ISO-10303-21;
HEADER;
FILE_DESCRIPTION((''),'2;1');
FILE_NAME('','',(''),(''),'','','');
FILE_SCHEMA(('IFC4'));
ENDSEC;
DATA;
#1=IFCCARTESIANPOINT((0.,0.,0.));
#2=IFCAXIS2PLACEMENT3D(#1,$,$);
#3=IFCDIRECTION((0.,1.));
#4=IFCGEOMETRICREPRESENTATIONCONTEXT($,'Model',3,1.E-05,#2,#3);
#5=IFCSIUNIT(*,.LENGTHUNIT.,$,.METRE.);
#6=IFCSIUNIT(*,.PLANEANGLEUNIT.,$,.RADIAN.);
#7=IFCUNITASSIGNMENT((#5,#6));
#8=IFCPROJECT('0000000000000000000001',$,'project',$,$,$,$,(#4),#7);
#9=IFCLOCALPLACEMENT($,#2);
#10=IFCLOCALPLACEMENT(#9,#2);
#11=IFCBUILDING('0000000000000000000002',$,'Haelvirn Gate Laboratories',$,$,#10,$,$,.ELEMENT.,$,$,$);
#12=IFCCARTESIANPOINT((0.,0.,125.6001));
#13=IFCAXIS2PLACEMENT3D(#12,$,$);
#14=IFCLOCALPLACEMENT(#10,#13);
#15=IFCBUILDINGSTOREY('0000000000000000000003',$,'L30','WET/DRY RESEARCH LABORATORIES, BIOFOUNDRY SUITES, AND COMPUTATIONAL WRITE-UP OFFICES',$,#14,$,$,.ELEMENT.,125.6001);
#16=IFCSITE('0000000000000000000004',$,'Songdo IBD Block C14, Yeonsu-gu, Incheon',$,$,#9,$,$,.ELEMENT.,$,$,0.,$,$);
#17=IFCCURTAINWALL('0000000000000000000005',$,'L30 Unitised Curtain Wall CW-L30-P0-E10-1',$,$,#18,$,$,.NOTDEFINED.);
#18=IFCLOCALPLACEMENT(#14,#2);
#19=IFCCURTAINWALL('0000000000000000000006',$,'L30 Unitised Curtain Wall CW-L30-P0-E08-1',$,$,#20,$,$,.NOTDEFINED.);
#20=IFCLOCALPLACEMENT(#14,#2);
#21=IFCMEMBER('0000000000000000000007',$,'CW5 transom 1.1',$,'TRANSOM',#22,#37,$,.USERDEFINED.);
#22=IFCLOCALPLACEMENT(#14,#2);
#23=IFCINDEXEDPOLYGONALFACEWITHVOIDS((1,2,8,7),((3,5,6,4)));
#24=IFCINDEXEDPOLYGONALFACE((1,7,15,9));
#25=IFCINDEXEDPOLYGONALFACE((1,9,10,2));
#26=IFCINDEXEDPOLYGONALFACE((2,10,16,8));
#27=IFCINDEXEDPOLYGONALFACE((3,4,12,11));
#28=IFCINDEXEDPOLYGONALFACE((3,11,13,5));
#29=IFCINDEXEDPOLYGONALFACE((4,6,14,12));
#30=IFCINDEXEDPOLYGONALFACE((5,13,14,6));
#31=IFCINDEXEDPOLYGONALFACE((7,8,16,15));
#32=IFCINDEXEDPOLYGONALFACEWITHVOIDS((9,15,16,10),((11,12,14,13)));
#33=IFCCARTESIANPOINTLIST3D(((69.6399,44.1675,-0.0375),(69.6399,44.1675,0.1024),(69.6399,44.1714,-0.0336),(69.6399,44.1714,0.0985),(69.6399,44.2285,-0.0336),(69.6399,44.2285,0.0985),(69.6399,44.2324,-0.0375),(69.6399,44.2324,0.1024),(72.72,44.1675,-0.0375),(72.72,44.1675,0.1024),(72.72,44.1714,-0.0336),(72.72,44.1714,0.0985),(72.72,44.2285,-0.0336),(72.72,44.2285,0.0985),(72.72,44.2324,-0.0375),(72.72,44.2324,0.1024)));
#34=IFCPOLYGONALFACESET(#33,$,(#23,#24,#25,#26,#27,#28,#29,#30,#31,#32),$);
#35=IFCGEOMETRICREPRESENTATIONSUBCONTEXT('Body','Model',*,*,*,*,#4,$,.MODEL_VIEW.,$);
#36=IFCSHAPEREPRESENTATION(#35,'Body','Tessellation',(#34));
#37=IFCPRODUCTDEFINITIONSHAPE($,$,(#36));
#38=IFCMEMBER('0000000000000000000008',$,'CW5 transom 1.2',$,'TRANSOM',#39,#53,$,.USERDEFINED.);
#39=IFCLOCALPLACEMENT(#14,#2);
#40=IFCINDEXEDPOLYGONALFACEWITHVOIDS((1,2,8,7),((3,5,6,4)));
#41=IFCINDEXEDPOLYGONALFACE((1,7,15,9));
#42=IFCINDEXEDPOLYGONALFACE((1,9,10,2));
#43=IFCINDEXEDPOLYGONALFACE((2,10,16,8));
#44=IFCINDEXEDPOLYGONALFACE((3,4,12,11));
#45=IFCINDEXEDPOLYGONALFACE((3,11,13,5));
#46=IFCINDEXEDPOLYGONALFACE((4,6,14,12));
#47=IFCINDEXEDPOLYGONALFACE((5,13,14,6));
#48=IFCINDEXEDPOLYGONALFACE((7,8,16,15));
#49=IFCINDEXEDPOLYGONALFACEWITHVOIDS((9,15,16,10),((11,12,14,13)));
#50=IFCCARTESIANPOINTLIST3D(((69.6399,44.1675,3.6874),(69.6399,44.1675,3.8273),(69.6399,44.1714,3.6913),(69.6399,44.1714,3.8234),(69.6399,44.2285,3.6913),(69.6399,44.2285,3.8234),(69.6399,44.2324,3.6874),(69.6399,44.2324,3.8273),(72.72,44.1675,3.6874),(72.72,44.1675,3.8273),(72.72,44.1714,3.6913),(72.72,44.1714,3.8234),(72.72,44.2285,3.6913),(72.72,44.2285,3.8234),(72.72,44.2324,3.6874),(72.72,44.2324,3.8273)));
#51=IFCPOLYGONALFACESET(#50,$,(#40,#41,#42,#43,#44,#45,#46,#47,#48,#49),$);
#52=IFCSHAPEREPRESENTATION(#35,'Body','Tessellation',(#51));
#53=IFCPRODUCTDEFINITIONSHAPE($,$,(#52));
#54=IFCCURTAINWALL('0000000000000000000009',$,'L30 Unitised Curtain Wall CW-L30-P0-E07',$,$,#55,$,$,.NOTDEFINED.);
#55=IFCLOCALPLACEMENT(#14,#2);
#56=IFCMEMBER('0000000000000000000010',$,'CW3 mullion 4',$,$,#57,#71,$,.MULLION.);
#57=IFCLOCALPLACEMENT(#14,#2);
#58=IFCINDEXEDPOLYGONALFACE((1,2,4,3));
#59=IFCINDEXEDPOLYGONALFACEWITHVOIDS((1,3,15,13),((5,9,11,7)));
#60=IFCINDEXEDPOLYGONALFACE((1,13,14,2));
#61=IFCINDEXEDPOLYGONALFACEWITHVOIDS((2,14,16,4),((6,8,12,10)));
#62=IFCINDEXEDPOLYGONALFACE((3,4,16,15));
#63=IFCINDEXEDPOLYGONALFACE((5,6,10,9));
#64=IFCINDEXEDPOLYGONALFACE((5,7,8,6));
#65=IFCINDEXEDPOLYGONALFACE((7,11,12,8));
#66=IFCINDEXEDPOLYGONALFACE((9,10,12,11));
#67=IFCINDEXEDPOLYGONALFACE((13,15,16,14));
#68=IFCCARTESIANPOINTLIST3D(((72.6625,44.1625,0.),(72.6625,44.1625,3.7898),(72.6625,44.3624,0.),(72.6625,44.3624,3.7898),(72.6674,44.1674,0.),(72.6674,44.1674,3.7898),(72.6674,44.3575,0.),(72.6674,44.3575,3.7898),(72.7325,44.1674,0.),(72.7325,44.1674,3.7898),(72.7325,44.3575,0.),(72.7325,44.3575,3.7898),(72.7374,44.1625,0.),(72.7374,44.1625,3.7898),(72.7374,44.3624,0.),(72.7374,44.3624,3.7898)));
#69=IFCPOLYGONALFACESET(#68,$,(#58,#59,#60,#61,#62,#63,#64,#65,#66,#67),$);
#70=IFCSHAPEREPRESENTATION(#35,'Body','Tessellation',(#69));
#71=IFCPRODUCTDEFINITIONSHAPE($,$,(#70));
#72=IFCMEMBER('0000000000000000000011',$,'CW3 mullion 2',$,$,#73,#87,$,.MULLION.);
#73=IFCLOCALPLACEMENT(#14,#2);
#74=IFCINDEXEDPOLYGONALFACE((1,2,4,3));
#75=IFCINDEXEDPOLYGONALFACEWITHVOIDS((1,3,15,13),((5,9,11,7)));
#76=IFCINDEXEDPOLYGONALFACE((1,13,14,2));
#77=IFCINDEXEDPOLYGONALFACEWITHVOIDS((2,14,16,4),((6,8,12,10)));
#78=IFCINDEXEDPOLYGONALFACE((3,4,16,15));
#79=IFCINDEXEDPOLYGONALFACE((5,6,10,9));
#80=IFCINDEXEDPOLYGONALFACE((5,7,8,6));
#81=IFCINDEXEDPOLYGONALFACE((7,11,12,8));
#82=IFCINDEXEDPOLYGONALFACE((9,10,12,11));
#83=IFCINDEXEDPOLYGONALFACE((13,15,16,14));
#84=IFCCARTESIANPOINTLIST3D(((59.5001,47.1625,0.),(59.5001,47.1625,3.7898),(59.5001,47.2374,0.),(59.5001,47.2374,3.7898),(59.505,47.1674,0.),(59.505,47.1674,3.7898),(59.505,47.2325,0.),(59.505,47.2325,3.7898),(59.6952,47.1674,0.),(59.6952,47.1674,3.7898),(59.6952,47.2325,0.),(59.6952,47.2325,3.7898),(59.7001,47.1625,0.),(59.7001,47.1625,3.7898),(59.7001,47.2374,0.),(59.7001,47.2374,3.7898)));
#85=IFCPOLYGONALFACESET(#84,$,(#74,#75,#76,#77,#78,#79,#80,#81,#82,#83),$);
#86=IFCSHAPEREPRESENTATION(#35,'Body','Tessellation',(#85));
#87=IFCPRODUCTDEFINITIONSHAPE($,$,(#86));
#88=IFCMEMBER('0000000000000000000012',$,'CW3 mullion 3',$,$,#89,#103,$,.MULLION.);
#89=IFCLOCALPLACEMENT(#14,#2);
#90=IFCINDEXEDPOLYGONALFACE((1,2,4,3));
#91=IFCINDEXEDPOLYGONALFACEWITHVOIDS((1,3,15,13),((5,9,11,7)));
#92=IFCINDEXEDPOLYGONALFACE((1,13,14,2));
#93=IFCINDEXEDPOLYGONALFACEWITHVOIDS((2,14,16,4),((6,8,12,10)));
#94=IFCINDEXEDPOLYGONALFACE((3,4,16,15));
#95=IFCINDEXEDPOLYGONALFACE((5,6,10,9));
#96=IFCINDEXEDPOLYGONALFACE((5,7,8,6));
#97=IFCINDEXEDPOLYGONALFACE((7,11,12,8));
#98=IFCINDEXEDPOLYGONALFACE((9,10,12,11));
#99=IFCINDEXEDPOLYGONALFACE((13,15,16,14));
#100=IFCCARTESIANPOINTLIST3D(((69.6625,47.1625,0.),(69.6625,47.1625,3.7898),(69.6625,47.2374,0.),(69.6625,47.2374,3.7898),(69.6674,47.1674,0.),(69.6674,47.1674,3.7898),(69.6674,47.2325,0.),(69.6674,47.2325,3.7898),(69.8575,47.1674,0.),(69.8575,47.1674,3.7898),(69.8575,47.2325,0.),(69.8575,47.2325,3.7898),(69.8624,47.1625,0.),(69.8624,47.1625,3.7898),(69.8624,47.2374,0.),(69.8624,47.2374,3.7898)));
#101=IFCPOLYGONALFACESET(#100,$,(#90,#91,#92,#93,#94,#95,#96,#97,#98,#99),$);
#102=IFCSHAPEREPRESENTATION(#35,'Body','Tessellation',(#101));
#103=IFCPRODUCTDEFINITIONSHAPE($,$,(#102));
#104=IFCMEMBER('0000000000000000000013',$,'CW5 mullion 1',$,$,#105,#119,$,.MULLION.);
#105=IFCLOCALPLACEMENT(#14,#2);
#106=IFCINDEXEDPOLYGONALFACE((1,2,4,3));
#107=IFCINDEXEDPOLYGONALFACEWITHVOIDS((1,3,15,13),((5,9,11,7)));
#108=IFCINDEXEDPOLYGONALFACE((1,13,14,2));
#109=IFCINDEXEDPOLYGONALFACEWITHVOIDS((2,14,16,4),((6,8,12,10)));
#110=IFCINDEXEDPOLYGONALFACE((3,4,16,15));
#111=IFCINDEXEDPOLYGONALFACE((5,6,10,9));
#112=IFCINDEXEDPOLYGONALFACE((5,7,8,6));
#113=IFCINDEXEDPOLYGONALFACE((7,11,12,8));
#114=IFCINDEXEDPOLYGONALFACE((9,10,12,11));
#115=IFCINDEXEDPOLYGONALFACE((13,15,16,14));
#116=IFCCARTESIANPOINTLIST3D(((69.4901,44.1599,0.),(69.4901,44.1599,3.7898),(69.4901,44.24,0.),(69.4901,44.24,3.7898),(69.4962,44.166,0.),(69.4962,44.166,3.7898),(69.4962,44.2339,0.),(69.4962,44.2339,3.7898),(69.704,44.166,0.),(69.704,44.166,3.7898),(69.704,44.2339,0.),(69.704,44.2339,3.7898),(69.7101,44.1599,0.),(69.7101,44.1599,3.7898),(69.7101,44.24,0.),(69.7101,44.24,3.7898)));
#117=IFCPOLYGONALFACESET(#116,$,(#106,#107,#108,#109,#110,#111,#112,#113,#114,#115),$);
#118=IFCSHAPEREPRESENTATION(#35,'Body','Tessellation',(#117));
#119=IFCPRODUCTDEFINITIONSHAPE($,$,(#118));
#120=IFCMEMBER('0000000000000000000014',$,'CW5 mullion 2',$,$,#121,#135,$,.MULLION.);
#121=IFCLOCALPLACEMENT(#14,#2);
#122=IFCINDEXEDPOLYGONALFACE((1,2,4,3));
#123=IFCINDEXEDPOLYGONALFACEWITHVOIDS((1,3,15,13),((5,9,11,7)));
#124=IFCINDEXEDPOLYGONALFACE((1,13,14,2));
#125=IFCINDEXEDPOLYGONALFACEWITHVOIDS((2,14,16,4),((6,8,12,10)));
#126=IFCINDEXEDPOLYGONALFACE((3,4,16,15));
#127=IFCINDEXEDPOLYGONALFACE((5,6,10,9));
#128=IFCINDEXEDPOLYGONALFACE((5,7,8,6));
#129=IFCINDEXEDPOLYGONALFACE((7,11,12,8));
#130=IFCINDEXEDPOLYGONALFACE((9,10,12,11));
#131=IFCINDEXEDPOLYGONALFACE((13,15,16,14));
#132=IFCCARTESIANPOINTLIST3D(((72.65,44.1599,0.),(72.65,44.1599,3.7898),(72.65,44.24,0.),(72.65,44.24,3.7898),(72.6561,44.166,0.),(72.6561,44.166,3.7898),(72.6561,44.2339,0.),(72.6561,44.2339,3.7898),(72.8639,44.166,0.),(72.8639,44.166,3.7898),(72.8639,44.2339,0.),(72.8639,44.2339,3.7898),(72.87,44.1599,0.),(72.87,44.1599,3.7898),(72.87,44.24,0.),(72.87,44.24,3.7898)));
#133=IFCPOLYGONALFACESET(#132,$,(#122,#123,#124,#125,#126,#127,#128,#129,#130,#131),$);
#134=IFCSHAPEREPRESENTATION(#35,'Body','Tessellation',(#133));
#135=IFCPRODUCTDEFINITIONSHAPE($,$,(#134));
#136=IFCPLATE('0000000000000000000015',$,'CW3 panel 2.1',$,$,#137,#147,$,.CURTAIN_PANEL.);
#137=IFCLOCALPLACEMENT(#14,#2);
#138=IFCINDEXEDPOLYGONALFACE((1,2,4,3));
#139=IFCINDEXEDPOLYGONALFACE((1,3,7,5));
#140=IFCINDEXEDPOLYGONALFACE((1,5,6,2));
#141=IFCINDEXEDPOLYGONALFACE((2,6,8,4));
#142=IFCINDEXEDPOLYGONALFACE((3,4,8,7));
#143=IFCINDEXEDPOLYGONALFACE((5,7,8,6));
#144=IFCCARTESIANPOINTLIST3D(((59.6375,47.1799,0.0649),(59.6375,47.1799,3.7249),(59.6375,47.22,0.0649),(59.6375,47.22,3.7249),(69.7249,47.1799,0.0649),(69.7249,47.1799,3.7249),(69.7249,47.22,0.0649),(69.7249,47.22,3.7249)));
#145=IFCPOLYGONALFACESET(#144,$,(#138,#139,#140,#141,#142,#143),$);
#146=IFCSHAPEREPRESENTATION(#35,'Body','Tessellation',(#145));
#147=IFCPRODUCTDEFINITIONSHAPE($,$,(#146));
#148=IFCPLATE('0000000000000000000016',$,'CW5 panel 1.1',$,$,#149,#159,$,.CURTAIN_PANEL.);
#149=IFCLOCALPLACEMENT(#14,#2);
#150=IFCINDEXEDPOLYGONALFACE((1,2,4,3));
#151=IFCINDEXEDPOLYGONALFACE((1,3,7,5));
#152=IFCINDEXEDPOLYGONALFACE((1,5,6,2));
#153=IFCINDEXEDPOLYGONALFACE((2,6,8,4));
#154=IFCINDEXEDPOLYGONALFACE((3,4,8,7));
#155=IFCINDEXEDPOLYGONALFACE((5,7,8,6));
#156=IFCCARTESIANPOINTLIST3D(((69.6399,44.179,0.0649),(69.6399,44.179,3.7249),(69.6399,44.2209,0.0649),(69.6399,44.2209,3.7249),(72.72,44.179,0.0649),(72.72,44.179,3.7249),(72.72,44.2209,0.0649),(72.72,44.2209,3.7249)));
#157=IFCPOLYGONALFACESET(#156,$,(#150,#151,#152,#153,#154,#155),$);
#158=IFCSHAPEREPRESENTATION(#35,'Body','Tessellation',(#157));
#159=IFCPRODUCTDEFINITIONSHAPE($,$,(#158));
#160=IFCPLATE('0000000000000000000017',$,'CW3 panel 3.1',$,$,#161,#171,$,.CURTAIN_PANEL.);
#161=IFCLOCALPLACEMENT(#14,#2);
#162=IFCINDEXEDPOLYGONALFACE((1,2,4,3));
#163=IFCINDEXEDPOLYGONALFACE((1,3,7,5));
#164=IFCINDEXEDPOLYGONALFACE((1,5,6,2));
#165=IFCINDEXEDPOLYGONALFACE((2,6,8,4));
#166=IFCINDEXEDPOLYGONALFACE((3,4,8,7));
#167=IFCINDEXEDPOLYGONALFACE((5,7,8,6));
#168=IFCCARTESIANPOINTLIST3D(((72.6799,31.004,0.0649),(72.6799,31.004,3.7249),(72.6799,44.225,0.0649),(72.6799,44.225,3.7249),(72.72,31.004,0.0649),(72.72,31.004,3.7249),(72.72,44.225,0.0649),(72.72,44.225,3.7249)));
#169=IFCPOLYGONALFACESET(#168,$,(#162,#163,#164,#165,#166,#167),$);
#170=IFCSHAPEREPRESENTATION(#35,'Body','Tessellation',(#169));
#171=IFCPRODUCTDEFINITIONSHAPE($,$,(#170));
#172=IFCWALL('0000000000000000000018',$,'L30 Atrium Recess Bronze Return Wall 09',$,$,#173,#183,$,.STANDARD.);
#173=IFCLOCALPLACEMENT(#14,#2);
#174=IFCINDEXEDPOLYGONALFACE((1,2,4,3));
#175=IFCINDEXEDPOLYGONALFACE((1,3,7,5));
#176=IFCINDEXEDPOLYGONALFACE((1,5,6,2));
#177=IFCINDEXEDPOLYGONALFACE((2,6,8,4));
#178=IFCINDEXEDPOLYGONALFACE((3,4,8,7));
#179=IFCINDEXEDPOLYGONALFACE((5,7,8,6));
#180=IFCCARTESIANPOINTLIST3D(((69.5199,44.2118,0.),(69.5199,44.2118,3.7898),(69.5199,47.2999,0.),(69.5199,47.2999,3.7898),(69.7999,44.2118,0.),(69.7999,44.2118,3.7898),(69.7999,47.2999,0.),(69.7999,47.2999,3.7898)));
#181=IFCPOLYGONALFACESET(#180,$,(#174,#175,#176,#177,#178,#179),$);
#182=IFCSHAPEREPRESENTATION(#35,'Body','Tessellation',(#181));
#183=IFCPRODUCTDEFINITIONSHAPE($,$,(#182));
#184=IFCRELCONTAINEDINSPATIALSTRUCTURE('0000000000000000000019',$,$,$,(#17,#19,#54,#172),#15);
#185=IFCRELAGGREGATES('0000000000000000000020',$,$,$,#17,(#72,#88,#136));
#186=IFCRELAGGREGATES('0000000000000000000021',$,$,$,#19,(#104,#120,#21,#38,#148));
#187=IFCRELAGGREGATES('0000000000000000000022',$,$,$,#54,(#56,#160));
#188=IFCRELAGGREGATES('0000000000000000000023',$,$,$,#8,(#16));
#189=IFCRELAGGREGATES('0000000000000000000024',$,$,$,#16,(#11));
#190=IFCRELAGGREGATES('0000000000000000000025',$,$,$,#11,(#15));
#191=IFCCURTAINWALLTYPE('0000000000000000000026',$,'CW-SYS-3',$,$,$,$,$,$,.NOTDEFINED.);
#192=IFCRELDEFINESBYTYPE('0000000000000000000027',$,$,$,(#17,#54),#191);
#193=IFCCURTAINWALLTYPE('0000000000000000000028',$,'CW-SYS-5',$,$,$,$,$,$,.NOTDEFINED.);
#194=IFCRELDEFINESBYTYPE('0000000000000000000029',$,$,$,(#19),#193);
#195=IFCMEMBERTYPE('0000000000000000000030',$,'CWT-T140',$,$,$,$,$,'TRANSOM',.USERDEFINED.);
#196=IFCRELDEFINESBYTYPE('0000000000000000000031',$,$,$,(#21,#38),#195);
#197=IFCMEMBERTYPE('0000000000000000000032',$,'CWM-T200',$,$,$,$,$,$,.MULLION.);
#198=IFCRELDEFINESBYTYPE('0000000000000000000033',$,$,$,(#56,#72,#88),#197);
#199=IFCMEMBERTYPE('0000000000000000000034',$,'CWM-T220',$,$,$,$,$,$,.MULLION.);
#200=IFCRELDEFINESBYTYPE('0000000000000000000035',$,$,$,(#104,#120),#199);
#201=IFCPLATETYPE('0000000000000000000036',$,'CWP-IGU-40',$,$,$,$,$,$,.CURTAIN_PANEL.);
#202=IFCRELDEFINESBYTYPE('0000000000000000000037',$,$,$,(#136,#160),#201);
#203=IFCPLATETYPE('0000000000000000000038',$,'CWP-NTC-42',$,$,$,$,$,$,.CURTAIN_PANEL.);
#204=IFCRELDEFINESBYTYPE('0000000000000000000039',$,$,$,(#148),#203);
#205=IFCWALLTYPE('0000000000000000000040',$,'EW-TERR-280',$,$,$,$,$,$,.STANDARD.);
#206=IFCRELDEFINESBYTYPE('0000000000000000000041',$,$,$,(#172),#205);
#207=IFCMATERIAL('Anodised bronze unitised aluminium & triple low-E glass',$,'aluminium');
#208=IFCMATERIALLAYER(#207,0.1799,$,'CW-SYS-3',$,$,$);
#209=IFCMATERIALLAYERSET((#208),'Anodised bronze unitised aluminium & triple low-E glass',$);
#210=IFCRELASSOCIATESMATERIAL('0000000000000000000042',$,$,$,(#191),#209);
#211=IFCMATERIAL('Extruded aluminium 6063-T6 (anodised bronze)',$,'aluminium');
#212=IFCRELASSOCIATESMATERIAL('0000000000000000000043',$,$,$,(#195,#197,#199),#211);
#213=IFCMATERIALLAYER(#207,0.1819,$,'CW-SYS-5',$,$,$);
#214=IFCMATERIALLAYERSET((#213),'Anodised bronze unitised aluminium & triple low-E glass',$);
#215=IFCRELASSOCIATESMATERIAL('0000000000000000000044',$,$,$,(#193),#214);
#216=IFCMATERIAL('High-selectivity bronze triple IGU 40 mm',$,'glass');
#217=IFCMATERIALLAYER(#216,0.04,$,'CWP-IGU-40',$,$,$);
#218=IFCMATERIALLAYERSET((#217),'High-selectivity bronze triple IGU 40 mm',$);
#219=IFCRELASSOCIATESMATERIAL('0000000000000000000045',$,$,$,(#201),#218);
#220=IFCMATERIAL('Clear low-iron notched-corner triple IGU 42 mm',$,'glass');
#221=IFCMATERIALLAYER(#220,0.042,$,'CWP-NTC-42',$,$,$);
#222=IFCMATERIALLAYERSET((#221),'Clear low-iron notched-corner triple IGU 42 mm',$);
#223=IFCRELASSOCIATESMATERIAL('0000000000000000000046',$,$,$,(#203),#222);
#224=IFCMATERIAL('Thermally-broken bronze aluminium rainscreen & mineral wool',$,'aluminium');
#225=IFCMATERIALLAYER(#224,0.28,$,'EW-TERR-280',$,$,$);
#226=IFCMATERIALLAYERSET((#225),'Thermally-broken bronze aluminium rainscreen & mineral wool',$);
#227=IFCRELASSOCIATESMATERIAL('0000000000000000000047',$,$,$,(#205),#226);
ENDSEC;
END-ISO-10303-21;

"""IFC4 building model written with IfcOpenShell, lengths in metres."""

from ifc_helpers import new_model, si_unit, direction, frame, frame_2d, origin, origin_2d, place, context, subcontext, project, spatial, rectangle, hollow_rectangle, extrude, source, transform, mapped, material, layer, layer_set, material_profile, profile_set, type_object, type_shapes, element, aggregate, save


model = new_model("IFC4")

# Units and contexts
model_context = context("Model", 3, precision=1e-05, world=origin(), true_north=direction((0.0, 1.0)))
body_context = subcontext(model_context, "Body", "Model", "MODEL_VIEW")
ifc_project = project(units=[si_unit("LENGTHUNIT", "METRE"), si_unit("PLANEANGLEUNIT", "RADIAN")], contexts=[model_context])

# Site, building, storey
site_placement = place(None, origin())
site = spatial("IfcSite", under=ifc_project, at=site_placement, Name="Songdo IBD Block C14, Yeonsu-gu, Incheon", CompositionType="ELEMENT", RefElevation=0.0)
building_placement = place(site_placement, origin())
building = spatial("IfcBuilding", under=site, at=building_placement, Name="Haelvirn Gate Laboratories", CompositionType="ELEMENT")
storey_placement = place(building_placement, frame((0.0, 0.0, 125.6001)))
storey = spatial("IfcBuildingStorey", under=building, at=storey_placement, Name="L30", Description="WET/DRY RESEARCH LABORATORIES, BIOFOUNDRY SUITES, AND COMPUTATIONAL WRITE-UP OFFICES", CompositionType="ELEMENT", Elevation=125.6001)

# Curtain walls, members
ifc_material_1 = material(Name="Anodised bronze unitised aluminium & triple low-E glass", Category="aluminium")
ifc_layer_1 = layer(ifc_material_1, 0.1799, Name="CW-SYS-3")
ifc_layer_set_1 = layer_set([ifc_layer_1], Name="Anodised bronze unitised aluminium & triple low-E glass")
curtain_wall_type_1 = type_object("IfcCurtainWallType", Name="CW-SYS-3", PredefinedType="NOTDEFINED", material=ifc_layer_set_1)
curtain_wall_1_placement = place(storey_placement, origin())
curtain_wall_1 = element("IfcCurtainWall", 1, at=curtain_wall_1_placement, inside=storey, type_object=curtain_wall_type_1, Name="L30 Unitised Curtain Wall CW-L30-P0-E10-1", PredefinedType="NOTDEFINED")
ifc_material_2 = material(Name="Extruded aluminium 6063-T6 (anodised bronze)", Category="aluminium")
ifc_material_profile_1 = material_profile(ifc_material_2, hollow_rectangle(XDim=0.0649, YDim=0.1399, WallThickness=0.0039, at=origin_2d()), Name="CWT-140x65x4")
ifc_profile_set_1 = profile_set([ifc_material_profile_1], Name="Extruded aluminium 6063-T6 (anodised bronze)")
member_type_1 = type_object("IfcMemberType", Name="CWT-T140", ElementType="TRANSOM", PredefinedType="USERDEFINED", material=ifc_profile_set_1)
ifc_layer_2 = layer(ifc_material_1, 0.1819, Name="CW-SYS-5")
ifc_layer_set_2 = layer_set([ifc_layer_2], Name="Anodised bronze unitised aluminium & triple low-E glass")
curtain_wall_type_2 = type_object("IfcCurtainWallType", Name="CW-SYS-5", PredefinedType="NOTDEFINED", material=ifc_layer_set_2)
curtain_wall_2_placement = place(storey_placement, origin())
curtain_wall_2 = element("IfcCurtainWall", 2, at=curtain_wall_2_placement, inside=storey, type_object=curtain_wall_type_2, Name="L30 Unitised Curtain Wall CW-L30-P0-E08-1", PredefinedType="NOTDEFINED")
shared_shape_1 = source(origin(), body_context, "Body", "SweptSolid", [
    extrude(hollow_rectangle(XDim=0.0649, YDim=0.1399, WallThickness=0.0039, at=origin_2d()), origin(), (0.0, 0.0, 1.0), 3.0801),
])
member_1_placement = place(storey_placement, frame((69.6399, 44.2, 0.0325), z_axis=(1.0, 0.0, 0.0), x_axis=(0.0, 1.0, 0.0)))
member_1 = element("IfcMember", 3, at=member_1_placement, type_object=member_type_1, Name="CW5 transom 1.1", ObjectType="TRANSOM", PredefinedType="USERDEFINED", context=body_context, shape_type="MappedRepresentation", body=[
    mapped(shared_shape_1, transform((0.0, 0.0, 0.0), scale=1.0)),
])
member_2_placement = place(storey_placement, frame((69.6399, 44.2, 3.7573), z_axis=(1.0, 0.0, 0.0), x_axis=(0.0, 1.0, 0.0)))
member_2 = element("IfcMember", 4, at=member_2_placement, type_object=member_type_1, Name="CW5 transom 1.2", ObjectType="TRANSOM", PredefinedType="USERDEFINED", context=body_context, shape_type="MappedRepresentation", body=[
    mapped(shared_shape_1, transform((0.0, 0.0, 0.0), scale=1.0)),
])

# Curtain wall, member
curtain_wall_3_placement = place(storey_placement, origin())
curtain_wall_3 = element("IfcCurtainWall", 5, at=curtain_wall_3_placement, inside=storey, type_object=curtain_wall_type_1, Name="L30 Unitised Curtain Wall CW-L30-P0-E07", PredefinedType="NOTDEFINED")
ifc_material_profile_2 = material_profile(ifc_material_2, hollow_rectangle(XDim=0.075, YDim=0.2, WallThickness=0.0049, at=origin_2d()), Name="CWM-200x75x5")
ifc_profile_set_2 = profile_set([ifc_material_profile_2], Name="Extruded aluminium 6063-T6 (anodised bronze)")
member_type_2 = type_object("IfcMemberType", Name="CWM-T200", PredefinedType="MULLION", material=ifc_profile_set_2)
shared_shape_2 = source(origin(), body_context, "Body", "SweptSolid", [
    extrude(hollow_rectangle(XDim=0.075, YDim=0.2, WallThickness=0.0049, at=origin_2d()), origin(), (0.0, 0.0, 1.0), 3.7898),
])
type_shapes(member_type_2, [shared_shape_2])
member_3_placement = place(storey_placement, frame((72.7, 44.2625, 0.0), z_axis=(0.0, 0.0, 1.0), x_axis=(-1.0, 0.0, 0.0)))
member_3 = element("IfcMember", 6, at=member_3_placement, type_object=member_type_2, Name="CW3 mullion 4", PredefinedType="MULLION", context=body_context, shape_type="MappedRepresentation", body=[
    mapped(shared_shape_2, transform((0.0, 0.0, 0.0), scale=1.0)),
])

# Members
member_4_placement = place(storey_placement, frame((59.6001, 47.2, 0.0), z_axis=(0.0, 0.0, 1.0), x_axis=(0.0, 1.0, 0.0)))
member_4 = element("IfcMember", 7, at=member_4_placement, type_object=member_type_2, Name="CW3 mullion 2", PredefinedType="MULLION", context=body_context, shape_type="MappedRepresentation", body=[
    mapped(shared_shape_2, transform((0.0, 0.0, 0.0), scale=1.0)),
])
member_5_placement = place(storey_placement, frame((69.7625, 47.2, 0.0), z_axis=(0.0, 0.0, 1.0), x_axis=(0.0, 1.0, 0.0)))
member_5 = element("IfcMember", 8, at=member_5_placement, type_object=member_type_2, Name="CW3 mullion 3", PredefinedType="MULLION", context=body_context, shape_type="MappedRepresentation", body=[
    mapped(shared_shape_2, transform((0.0, 0.0, 0.0), scale=1.0)),
])
ifc_material_profile_3 = material_profile(ifc_material_2, hollow_rectangle(XDim=0.0801, YDim=0.22, WallThickness=0.0061, at=origin_2d()), Name="CWM-220x80x6")
ifc_profile_set_3 = profile_set([ifc_material_profile_3], Name="Extruded aluminium 6063-T6 (anodised bronze)")
member_type_3 = type_object("IfcMemberType", Name="CWM-T220", PredefinedType="MULLION", material=ifc_profile_set_3)
shared_shape_3 = source(origin(), body_context, "Body", "SweptSolid", [
    extrude(hollow_rectangle(XDim=0.0801, YDim=0.22, WallThickness=0.0061, at=origin_2d()), origin(), (0.0, 0.0, 1.0), 3.7898),
])
type_shapes(member_type_3, [shared_shape_3])
member_6_placement = place(storey_placement, frame((69.6001, 44.2, 0.0), z_axis=(0.0, 0.0, 1.0), x_axis=(0.0, 1.0, 0.0)))
member_6 = element("IfcMember", 9, at=member_6_placement, type_object=member_type_3, Name="CW5 mullion 1", PredefinedType="MULLION", context=body_context, shape_type="MappedRepresentation", body=[
    mapped(shared_shape_3, transform((0.0, 0.0, 0.0), scale=1.0)),
])
member_7_placement = place(storey_placement, frame((72.76, 44.2, 0.0), z_axis=(0.0, 0.0, 1.0), x_axis=(0.0, 1.0, 0.0)))
member_7 = element("IfcMember", 10, at=member_7_placement, type_object=member_type_3, Name="CW5 mullion 2", PredefinedType="MULLION", context=body_context, shape_type="MappedRepresentation", body=[
    mapped(shared_shape_3, transform((0.0, 0.0, 0.0), scale=1.0)),
])

# Plates
ifc_material_3 = material(Name="High-selectivity bronze triple IGU 40 mm", Category="glass")
ifc_layer_3 = layer(ifc_material_3, 0.04, Name="CWP-IGU-40")
ifc_layer_set_3 = layer_set([ifc_layer_3], Name="High-selectivity bronze triple IGU 40 mm")
plate_type_1 = type_object("IfcPlateType", Name="CWP-IGU-40", PredefinedType="CURTAIN_PANEL", material=ifc_layer_set_3)
shared_shape_4 = source(origin(), body_context, "Body", "SweptSolid", [
    extrude(rectangle(XDim=10.0874, YDim=0.04, at=origin_2d()), origin(), (0.0, 0.0, 1.0), 3.6599),
])
plate_1_placement = place(storey_placement, frame((64.6812, 47.2, 0.0649), z_axis=(0.0, 0.0, 1.0), x_axis=(1.0, 0.0, 0.0)))
plate_1 = element("IfcPlate", 11, at=plate_1_placement, type_object=plate_type_1, Name="CW3 panel 2.1", PredefinedType="CURTAIN_PANEL", context=body_context, shape_type="MappedRepresentation", body=[
    mapped(shared_shape_4, transform((0.0, 0.0, 0.0), scale=1.0)),
])
aggregate(curtain_wall_1, [member_4, member_5, plate_1])
ifc_material_4 = material(Name="Clear low-iron notched-corner triple IGU 42 mm", Category="glass")
ifc_layer_4 = layer(ifc_material_4, 0.042, Name="CWP-NTC-42")
ifc_layer_set_4 = layer_set([ifc_layer_4], Name="Clear low-iron notched-corner triple IGU 42 mm")
plate_type_2 = type_object("IfcPlateType", Name="CWP-NTC-42", PredefinedType="CURTAIN_PANEL", material=ifc_layer_set_4)
shared_shape_5 = source(origin(), body_context, "Body", "SweptSolid", [
    extrude(rectangle(XDim=3.0801, YDim=0.042, at=origin_2d()), origin(), (0.0, 0.0, 1.0), 3.6599),
])
type_shapes(plate_type_2, [shared_shape_5])
plate_2_placement = place(storey_placement, frame((71.1799, 44.2, 0.0649), z_axis=(0.0, 0.0, 1.0), x_axis=(1.0, 0.0, 0.0)))
plate_2 = element("IfcPlate", 12, at=plate_2_placement, type_object=plate_type_2, Name="CW5 panel 1.1", PredefinedType="CURTAIN_PANEL", context=body_context, shape_type="MappedRepresentation", body=[
    mapped(shared_shape_5, transform((0.0, 0.0, 0.0), scale=1.0)),
])
aggregate(curtain_wall_2, [member_6, member_7, member_1, member_2, plate_2])
shared_shape_6 = source(origin(), body_context, "Body", "SweptSolid", [
    extrude(rectangle(XDim=13.2209, YDim=0.04, at=origin_2d()), origin(), (0.0, 0.0, 1.0), 3.6599),
])
type_shapes(plate_type_1, [shared_shape_4, shared_shape_6])
plate_3_placement = place(storey_placement, frame((72.7, 37.6145, 0.0649), z_axis=(0.0, 0.0, 1.0), x_axis=(0.0, 1.0, 0.0)))
plate_3 = element("IfcPlate", 13, at=plate_3_placement, type_object=plate_type_1, Name="CW3 panel 3.1", PredefinedType="CURTAIN_PANEL", context=body_context, shape_type="MappedRepresentation", body=[
    mapped(shared_shape_6, transform((0.0, 0.0, 0.0), scale=1.0)),
])
aggregate(curtain_wall_3, [member_3, plate_3])

# Wall
ifc_material_5 = material(Name="Thermally-broken bronze aluminium rainscreen & mineral wool", Category="aluminium")
ifc_layer_5 = layer(ifc_material_5, 0.28, Name="EW-TERR-280")
ifc_layer_set_5 = layer_set([ifc_layer_5], Name="Thermally-broken bronze aluminium rainscreen & mineral wool")
wall_type_1 = type_object("IfcWallType", Name="EW-TERR-280", PredefinedType="STANDARD", material=ifc_layer_set_5)
wall_1_placement = place(storey_placement, frame((69.6599, 44.2119, 0.0), z_axis=(0.0, 0.0, 1.0), x_axis=(0.0, 1.0, 0.0)))
element("IfcWall", 14, at=wall_1_placement, inside=storey, type_object=wall_type_1, Name="L30 Atrium Recess Bronze Return Wall 09", PredefinedType="STANDARD", context=body_context, shape_type="SweptSolid", body=[
    extrude(rectangle(XDim=3.0881, YDim=0.28, at=frame_2d((1.5439, 0.0))), origin(), (0.0, 0.0, 1.0), 3.7898),
])

save(model, "model.ifc")
